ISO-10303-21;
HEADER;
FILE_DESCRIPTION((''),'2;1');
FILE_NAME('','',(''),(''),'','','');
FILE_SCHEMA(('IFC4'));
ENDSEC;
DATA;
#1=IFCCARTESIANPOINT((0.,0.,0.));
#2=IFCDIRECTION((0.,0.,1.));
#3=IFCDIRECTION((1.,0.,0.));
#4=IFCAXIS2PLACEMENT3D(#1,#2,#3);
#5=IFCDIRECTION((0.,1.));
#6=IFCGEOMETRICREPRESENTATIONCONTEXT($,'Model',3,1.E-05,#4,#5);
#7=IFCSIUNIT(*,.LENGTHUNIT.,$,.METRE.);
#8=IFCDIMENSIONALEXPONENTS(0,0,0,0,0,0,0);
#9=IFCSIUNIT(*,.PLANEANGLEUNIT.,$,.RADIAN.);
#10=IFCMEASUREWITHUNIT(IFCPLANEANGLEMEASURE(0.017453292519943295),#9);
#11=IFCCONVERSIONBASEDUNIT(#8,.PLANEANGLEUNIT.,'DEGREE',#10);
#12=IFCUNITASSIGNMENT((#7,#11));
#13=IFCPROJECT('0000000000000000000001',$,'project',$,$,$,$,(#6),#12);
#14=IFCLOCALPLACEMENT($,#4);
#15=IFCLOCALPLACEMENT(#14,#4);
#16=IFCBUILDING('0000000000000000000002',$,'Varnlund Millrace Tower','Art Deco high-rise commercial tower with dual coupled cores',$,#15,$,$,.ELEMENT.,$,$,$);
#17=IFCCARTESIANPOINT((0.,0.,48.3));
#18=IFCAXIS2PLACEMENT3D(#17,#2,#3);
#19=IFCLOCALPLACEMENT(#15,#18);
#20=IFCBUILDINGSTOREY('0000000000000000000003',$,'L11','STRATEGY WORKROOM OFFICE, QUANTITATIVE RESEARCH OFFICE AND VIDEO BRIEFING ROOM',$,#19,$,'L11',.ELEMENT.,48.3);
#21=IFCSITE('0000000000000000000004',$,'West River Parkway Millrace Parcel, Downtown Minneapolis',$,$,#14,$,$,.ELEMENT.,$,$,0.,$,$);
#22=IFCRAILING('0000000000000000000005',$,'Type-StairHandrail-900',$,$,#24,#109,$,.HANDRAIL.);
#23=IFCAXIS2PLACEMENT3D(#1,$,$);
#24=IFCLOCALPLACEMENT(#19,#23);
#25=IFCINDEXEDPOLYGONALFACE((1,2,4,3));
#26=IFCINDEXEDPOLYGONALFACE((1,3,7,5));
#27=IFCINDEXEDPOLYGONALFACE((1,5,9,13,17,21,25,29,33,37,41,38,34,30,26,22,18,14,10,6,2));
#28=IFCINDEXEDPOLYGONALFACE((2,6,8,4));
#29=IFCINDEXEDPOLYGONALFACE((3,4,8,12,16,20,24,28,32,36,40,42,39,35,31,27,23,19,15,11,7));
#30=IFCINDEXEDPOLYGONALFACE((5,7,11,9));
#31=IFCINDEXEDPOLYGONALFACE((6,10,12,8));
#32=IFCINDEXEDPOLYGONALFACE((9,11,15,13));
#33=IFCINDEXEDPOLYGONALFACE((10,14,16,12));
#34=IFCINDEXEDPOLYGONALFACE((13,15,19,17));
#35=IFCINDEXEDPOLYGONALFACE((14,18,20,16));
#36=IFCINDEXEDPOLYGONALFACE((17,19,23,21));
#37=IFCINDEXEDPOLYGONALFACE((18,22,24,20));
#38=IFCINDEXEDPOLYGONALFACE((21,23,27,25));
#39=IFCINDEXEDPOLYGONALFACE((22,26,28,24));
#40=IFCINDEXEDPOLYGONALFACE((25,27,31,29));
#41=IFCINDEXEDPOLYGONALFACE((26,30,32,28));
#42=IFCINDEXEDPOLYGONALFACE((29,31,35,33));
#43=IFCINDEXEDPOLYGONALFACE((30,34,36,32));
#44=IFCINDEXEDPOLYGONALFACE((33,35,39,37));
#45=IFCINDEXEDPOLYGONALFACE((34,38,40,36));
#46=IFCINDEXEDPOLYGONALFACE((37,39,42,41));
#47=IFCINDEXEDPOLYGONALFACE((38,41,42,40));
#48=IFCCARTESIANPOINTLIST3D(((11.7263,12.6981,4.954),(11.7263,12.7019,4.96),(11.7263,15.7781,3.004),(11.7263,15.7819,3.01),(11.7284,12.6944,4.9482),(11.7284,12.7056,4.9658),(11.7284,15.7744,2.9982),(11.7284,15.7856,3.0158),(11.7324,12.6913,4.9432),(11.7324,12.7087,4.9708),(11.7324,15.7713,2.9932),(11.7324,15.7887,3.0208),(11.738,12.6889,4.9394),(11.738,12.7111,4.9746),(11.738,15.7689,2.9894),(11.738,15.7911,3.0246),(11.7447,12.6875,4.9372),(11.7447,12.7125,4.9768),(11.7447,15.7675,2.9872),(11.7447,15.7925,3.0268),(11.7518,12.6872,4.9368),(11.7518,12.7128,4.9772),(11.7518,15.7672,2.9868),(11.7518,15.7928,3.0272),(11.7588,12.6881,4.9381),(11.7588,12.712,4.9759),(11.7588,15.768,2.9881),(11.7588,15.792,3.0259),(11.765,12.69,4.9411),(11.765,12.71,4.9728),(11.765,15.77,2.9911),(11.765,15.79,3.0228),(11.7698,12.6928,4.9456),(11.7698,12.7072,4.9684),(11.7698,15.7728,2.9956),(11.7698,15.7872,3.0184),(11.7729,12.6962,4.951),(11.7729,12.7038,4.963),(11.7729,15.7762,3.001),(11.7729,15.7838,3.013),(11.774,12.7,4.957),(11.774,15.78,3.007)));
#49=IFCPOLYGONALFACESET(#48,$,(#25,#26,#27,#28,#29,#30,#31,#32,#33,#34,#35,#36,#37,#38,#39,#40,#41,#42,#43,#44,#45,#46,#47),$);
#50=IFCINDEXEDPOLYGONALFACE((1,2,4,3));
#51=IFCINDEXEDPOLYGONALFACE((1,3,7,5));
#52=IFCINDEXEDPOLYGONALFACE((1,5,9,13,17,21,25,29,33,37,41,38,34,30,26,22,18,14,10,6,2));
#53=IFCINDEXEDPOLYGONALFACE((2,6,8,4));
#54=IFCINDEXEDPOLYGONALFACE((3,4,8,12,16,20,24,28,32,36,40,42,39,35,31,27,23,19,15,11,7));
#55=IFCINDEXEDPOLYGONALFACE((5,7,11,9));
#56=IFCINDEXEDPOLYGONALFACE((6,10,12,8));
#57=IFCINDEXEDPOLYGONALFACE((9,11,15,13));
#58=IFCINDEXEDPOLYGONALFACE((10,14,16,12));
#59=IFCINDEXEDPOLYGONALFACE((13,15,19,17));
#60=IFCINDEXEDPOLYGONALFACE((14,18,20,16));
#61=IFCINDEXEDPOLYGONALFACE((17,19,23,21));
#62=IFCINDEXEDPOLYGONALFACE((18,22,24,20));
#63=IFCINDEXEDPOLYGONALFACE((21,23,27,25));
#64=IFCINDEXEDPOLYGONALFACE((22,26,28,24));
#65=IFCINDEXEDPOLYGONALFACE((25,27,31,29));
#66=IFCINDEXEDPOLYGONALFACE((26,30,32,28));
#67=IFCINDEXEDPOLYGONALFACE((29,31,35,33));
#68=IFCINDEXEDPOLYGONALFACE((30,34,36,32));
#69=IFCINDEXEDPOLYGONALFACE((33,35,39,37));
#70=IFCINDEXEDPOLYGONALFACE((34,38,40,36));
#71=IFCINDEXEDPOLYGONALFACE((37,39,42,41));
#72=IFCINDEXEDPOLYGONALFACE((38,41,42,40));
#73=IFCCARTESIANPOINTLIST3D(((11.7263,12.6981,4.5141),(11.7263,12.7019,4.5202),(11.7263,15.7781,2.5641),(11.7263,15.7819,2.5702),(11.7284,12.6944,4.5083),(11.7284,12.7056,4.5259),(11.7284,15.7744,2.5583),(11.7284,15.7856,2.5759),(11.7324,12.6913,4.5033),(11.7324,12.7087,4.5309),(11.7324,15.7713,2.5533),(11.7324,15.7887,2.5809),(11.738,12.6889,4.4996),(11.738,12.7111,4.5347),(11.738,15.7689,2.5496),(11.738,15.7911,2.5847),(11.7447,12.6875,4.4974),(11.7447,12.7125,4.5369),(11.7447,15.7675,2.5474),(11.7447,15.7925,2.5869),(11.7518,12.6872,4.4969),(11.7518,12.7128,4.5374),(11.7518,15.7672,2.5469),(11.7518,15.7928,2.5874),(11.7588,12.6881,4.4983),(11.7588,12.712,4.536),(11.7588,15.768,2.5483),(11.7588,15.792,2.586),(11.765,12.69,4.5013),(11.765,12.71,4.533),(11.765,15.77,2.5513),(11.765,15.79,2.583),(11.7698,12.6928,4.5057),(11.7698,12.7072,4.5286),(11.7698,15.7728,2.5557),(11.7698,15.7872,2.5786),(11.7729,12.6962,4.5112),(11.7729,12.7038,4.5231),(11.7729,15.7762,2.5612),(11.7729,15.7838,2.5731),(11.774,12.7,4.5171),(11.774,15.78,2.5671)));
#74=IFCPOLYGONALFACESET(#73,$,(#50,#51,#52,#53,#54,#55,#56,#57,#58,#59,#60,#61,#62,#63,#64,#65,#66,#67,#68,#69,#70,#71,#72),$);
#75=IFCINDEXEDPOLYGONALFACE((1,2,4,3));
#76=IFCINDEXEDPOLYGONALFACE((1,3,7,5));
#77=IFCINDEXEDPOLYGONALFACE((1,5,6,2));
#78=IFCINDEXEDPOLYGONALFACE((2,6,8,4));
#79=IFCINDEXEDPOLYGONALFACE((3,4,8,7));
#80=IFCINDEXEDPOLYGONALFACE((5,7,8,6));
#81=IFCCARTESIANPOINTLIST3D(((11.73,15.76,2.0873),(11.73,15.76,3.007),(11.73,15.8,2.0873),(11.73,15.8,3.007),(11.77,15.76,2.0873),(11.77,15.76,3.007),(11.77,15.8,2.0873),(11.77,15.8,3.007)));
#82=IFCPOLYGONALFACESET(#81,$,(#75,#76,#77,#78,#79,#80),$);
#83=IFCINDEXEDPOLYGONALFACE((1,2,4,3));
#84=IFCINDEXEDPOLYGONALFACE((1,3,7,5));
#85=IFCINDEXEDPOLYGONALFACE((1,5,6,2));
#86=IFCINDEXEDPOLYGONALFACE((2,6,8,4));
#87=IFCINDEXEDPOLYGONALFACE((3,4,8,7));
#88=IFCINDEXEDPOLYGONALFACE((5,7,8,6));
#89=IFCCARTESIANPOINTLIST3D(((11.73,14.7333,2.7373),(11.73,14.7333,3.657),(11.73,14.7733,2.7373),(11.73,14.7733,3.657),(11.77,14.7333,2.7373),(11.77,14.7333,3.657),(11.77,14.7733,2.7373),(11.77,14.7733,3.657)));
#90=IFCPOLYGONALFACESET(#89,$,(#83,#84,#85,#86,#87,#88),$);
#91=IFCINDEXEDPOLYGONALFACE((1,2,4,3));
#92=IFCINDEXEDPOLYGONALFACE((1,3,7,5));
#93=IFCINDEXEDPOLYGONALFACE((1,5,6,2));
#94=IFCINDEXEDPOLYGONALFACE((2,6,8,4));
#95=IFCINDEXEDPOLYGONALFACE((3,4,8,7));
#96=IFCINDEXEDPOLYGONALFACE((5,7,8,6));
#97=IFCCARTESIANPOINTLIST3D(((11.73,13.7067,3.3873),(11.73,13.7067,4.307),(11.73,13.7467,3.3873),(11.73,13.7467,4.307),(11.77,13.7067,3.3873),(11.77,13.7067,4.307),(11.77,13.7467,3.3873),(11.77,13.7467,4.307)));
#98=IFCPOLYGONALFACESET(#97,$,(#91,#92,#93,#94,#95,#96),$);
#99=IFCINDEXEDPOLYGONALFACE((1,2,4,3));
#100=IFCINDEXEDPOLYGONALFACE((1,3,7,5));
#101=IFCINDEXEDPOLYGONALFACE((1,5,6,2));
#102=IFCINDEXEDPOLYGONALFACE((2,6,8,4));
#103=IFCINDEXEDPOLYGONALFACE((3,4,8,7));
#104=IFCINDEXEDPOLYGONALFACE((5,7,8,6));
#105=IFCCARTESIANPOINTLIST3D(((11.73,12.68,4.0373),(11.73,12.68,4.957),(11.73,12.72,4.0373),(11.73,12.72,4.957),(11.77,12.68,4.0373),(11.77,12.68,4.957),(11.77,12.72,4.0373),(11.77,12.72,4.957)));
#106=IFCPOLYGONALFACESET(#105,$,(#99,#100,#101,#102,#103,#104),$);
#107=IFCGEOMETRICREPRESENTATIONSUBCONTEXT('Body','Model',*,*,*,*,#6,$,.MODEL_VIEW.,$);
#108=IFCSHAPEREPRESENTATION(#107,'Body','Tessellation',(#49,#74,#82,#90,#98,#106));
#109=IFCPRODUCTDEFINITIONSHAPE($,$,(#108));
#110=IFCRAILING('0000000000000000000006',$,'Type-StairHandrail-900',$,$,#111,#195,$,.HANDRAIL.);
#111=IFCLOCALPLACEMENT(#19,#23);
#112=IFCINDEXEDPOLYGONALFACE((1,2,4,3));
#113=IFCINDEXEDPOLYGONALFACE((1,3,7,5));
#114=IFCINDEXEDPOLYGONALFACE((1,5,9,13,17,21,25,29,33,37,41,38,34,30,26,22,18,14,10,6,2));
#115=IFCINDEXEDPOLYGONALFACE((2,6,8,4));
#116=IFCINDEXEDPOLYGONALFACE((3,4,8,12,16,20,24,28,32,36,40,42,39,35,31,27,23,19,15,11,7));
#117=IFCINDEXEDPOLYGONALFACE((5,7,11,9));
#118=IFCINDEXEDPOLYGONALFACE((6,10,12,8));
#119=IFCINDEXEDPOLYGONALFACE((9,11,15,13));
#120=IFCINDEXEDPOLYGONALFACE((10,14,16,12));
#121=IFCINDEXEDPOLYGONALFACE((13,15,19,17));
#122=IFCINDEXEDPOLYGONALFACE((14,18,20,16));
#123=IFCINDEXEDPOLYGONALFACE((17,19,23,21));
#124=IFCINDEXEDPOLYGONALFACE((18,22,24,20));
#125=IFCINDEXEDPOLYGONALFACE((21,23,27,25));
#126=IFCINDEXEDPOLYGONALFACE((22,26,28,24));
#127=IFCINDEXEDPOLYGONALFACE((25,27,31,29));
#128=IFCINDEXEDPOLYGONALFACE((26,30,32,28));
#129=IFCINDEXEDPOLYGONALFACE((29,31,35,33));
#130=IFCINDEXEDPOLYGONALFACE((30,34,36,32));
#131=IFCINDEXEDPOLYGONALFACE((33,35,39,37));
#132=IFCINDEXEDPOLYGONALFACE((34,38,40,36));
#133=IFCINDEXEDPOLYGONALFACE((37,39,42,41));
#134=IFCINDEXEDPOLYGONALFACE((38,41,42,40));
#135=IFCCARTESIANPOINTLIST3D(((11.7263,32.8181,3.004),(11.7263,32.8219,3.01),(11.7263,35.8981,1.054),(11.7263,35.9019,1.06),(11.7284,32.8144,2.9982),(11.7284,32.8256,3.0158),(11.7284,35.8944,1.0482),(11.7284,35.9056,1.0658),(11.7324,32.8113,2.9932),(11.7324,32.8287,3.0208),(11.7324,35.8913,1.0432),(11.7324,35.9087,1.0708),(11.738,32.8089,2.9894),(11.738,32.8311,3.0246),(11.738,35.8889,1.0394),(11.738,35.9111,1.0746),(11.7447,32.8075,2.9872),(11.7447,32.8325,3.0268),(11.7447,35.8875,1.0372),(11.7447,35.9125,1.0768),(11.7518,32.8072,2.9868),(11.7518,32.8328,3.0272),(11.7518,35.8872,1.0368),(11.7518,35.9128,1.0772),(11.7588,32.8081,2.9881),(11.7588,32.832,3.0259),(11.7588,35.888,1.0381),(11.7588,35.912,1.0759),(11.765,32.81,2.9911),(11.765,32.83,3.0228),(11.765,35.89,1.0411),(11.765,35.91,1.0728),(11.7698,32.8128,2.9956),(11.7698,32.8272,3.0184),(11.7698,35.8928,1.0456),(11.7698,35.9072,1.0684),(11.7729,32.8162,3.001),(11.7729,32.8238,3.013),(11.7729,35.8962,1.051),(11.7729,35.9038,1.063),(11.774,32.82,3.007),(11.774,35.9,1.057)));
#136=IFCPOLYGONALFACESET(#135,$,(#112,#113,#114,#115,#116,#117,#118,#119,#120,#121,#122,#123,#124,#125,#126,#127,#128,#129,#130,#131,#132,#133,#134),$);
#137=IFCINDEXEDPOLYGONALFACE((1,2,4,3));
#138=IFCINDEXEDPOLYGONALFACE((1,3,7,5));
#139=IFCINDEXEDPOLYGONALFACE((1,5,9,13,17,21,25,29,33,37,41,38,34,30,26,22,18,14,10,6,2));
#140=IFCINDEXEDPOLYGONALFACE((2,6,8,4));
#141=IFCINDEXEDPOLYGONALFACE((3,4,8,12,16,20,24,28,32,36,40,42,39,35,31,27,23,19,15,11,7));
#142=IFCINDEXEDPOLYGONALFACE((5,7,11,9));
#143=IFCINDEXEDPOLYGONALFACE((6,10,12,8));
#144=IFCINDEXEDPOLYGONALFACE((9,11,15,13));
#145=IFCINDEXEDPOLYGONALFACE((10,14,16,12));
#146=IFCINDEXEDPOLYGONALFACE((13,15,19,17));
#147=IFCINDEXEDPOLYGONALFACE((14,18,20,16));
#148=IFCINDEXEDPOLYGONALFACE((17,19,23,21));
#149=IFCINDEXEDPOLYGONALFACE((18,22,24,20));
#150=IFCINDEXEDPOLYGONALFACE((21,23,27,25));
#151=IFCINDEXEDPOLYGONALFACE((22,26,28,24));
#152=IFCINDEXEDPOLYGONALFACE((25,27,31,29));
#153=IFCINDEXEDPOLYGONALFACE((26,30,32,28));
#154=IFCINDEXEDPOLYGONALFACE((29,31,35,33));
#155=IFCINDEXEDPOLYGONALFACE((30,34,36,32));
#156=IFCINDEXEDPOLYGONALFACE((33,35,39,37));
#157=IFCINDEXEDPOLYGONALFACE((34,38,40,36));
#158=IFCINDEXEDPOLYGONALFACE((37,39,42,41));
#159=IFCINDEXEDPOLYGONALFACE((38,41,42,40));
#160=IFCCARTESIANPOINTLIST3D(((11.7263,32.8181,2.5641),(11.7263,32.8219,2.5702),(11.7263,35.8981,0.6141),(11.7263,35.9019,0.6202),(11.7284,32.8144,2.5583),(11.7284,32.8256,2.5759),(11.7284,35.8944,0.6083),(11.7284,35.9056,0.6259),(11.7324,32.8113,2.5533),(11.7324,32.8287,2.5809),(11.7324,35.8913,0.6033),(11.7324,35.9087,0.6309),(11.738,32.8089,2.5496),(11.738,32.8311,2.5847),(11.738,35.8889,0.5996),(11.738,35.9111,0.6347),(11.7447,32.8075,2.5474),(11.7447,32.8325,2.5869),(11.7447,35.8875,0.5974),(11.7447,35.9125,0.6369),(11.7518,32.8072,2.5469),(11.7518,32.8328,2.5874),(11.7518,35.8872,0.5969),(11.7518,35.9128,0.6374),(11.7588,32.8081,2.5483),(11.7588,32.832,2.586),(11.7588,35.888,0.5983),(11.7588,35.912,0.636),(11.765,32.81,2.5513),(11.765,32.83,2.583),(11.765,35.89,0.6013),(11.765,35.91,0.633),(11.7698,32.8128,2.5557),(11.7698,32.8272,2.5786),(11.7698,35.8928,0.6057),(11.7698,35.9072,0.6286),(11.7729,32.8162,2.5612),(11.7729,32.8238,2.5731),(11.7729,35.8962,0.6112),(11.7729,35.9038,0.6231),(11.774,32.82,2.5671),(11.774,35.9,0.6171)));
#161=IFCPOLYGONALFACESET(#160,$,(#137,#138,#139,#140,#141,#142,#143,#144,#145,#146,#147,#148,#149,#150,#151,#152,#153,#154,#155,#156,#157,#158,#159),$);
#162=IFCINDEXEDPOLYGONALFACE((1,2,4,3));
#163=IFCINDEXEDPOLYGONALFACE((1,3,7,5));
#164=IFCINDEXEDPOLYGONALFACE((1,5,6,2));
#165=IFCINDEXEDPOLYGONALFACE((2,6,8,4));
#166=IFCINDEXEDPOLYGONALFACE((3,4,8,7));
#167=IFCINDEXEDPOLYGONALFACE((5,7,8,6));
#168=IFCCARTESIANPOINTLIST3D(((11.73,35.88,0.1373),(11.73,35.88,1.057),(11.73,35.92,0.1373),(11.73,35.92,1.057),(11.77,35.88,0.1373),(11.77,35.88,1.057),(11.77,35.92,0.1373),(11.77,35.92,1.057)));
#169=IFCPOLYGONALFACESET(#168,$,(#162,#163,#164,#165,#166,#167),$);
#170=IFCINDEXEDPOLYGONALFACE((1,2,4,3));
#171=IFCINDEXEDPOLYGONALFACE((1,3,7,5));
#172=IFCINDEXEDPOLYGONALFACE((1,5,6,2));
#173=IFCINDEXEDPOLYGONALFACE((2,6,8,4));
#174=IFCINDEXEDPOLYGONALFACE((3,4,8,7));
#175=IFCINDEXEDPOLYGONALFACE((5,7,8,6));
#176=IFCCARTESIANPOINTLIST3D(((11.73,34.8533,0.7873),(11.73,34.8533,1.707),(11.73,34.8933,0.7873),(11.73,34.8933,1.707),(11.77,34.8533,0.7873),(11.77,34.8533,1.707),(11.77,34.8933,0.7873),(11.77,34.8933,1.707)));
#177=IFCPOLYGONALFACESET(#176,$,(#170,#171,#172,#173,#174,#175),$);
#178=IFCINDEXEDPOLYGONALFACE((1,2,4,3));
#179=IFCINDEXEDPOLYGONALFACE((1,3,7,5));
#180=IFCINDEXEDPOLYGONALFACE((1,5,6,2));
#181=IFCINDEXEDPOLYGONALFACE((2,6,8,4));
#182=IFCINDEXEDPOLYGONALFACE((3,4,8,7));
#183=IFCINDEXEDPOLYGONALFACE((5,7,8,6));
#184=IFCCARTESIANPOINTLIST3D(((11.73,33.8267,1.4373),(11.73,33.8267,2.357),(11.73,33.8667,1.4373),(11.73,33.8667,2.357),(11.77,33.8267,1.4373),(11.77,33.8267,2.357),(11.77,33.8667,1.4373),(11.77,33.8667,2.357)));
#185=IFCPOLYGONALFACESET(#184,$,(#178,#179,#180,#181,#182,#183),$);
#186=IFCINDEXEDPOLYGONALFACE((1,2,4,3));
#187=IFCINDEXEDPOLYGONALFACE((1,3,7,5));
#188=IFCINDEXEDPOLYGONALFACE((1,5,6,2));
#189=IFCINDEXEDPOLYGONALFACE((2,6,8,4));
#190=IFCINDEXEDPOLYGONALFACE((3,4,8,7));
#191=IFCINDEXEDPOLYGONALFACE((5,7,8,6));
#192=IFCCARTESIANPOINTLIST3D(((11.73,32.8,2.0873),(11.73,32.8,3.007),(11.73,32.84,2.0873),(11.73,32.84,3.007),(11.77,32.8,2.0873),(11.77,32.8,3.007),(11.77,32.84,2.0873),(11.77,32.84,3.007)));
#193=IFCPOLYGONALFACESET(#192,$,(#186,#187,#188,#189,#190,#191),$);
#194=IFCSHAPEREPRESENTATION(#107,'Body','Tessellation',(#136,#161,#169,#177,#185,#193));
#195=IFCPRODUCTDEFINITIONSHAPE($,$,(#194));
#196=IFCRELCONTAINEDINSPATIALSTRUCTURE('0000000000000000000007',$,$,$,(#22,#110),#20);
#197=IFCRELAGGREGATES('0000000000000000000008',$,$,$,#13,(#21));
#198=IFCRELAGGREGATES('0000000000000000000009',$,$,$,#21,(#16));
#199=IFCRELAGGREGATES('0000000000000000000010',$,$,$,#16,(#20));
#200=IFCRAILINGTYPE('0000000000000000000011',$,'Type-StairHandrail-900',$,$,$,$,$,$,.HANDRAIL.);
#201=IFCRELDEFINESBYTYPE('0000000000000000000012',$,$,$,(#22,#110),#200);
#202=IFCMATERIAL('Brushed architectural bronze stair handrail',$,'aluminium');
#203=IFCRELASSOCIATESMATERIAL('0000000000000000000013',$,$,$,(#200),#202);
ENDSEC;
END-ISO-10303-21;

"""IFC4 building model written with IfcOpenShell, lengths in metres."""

from ifc_helpers import new_model, entity, si_unit, converted_unit, direction, frame, origin_with_axes, origin_2d_with_axis, place, context, subcontext, project, spatial, rectangle, circle, extrude, material, type_object, element, save


model = new_model("IFC4")

# Units and contexts
model_context = context("Model", 3, precision=1e-05, world=origin_with_axes(), true_north=direction((0.0, 1.0)))
body_context = subcontext(model_context, "Body", "Model", "MODEL_VIEW")
ifc_project = project(units=[si_unit("LENGTHUNIT", "METRE"), converted_unit("PLANEANGLEUNIT", "DEGREE", entity("IfcPlaneAngleMeasure", 0.017453292519943295), si_unit("PLANEANGLEUNIT", "RADIAN"), dimensions=[0, 0, 0, 0, 0, 0, 0])], contexts=[model_context])

# Site, building, storey
site_placement = place(None, origin_with_axes())
site = spatial("IfcSite", under=ifc_project, at=site_placement, Name="West River Parkway Millrace Parcel, Downtown Minneapolis", CompositionType="ELEMENT", RefElevation=0.0)
building_placement = place(site_placement, origin_with_axes())
building = spatial("IfcBuilding", under=site, at=building_placement, Name="Varnlund Millrace Tower", Description="Art Deco high-rise commercial tower with dual coupled cores", CompositionType="ELEMENT")
storey_placement = place(building_placement, frame((0.0, 0.0, 48.3), z_axis=(0.0, 0.0, 1.0), x_axis=(1.0, 0.0, 0.0)))
storey = spatial("IfcBuildingStorey", under=building, at=storey_placement, Name="L11", Description="STRATEGY WORKROOM OFFICE, QUANTITATIVE RESEARCH OFFICE AND VIDEO BRIEFING ROOM", LongName="L11", CompositionType="ELEMENT", Elevation=48.3)

# Railings
ifc_material_1 = material(Name="Brushed architectural bronze stair handrail", Category="aluminium")
railing_type_1 = type_object("IfcRailingType", Name="Type-StairHandrail-900", PredefinedType="HANDRAIL", material=ifc_material_1)
railing_1_placement = place(storey_placement, frame((0.0, 0.0, -48.3), z_axis=(0.0, 0.0, 1.0), x_axis=(1.0, 0.0, 0.0)))
element("IfcRailing", 1, at=railing_1_placement, inside=storey, type_object=railing_type_1, Name="Type-StairHandrail-900", PredefinedType="HANDRAIL", context=body_context, shape_type="SweptSolid", body=[
    extrude(circle(Radius=0.024, at=origin_2d_with_axis()), frame((11.75, 15.78, 51.307), z_axis=(0.0, -0.844902, 0.534922), x_axis=(1.0, 0.0, 0.0)), (0.0, 0.0, 1.0), 3.6454),
    extrude(circle(Radius=0.024, at=origin_2d_with_axis()), frame((11.75, 15.78, 50.8671), z_axis=(0.0, -0.844902, 0.534922), x_axis=(1.0, 0.0, 0.0)), (0.0, 0.0, 1.0), 3.6454),
    extrude(rectangle(XDim=0.04, YDim=0.04, at=origin_2d_with_axis()), frame((11.75, 15.78, 50.3873), z_axis=(0.0, 0.0, 1.0), x_axis=(1.0, 0.0, 0.0)), (0.0, 0.0, 1.0), 0.9197),
    extrude(rectangle(XDim=0.04, YDim=0.04, at=origin_2d_with_axis()), frame((11.75, 14.7533, 51.0373), z_axis=(0.0, 0.0, 1.0), x_axis=(1.0, 0.0, 0.0)), (0.0, 0.0, 1.0), 0.9197),
    extrude(rectangle(XDim=0.04, YDim=0.04, at=origin_2d_with_axis()), frame((11.75, 13.7267, 51.6873), z_axis=(0.0, 0.0, 1.0), x_axis=(1.0, 0.0, 0.0)), (0.0, 0.0, 1.0), 0.9197),
    extrude(rectangle(XDim=0.04, YDim=0.04, at=origin_2d_with_axis()), frame((11.75, 12.7, 52.3373), z_axis=(0.0, 0.0, 1.0), x_axis=(1.0, 0.0, 0.0)), (0.0, 0.0, 1.0), 0.9197),
])
railing_2_placement = place(storey_placement, frame((0.0, 0.0, -48.3), z_axis=(0.0, 0.0, 1.0), x_axis=(1.0, 0.0, 0.0)))
element("IfcRailing", 2, at=railing_2_placement, inside=storey, type_object=railing_type_1, Name="Type-StairHandrail-900", PredefinedType="HANDRAIL", context=body_context, shape_type="SweptSolid", body=[
    extrude(circle(Radius=0.024, at=origin_2d_with_axis()), frame((11.75, 35.9, 49.357), z_axis=(0.0, -0.844902, 0.534922), x_axis=(1.0, 0.0, 0.0)), (0.0, 0.0, 1.0), 3.6454),
    extrude(circle(Radius=0.024, at=origin_2d_with_axis()), frame((11.75, 35.9, 48.9171), z_axis=(0.0, -0.844902, 0.534922), x_axis=(1.0, 0.0, 0.0)), (0.0, 0.0, 1.0), 3.6454),
    extrude(rectangle(XDim=0.04, YDim=0.04, at=origin_2d_with_axis()), frame((11.75, 35.9, 48.4373), z_axis=(0.0, 0.0, 1.0), x_axis=(1.0, 0.0, 0.0)), (0.0, 0.0, 1.0), 0.9197),
    extrude(rectangle(XDim=0.04, YDim=0.04, at=origin_2d_with_axis()), frame((11.75, 34.8733, 49.0873), z_axis=(0.0, 0.0, 1.0), x_axis=(1.0, 0.0, 0.0)), (0.0, 0.0, 1.0), 0.9197),
    extrude(rectangle(XDim=0.04, YDim=0.04, at=origin_2d_with_axis()), frame((11.75, 33.8467, 49.7373), z_axis=(0.0, 0.0, 1.0), x_axis=(1.0, 0.0, 0.0)), (0.0, 0.0, 1.0), 0.9197),
    extrude(rectangle(XDim=0.04, YDim=0.04, at=origin_2d_with_axis()), frame((11.75, 32.82, 50.3873), z_axis=(0.0, 0.0, 1.0), x_axis=(1.0, 0.0, 0.0)), (0.0, 0.0, 1.0), 0.9197),
])

save(model, "model.ifc")
